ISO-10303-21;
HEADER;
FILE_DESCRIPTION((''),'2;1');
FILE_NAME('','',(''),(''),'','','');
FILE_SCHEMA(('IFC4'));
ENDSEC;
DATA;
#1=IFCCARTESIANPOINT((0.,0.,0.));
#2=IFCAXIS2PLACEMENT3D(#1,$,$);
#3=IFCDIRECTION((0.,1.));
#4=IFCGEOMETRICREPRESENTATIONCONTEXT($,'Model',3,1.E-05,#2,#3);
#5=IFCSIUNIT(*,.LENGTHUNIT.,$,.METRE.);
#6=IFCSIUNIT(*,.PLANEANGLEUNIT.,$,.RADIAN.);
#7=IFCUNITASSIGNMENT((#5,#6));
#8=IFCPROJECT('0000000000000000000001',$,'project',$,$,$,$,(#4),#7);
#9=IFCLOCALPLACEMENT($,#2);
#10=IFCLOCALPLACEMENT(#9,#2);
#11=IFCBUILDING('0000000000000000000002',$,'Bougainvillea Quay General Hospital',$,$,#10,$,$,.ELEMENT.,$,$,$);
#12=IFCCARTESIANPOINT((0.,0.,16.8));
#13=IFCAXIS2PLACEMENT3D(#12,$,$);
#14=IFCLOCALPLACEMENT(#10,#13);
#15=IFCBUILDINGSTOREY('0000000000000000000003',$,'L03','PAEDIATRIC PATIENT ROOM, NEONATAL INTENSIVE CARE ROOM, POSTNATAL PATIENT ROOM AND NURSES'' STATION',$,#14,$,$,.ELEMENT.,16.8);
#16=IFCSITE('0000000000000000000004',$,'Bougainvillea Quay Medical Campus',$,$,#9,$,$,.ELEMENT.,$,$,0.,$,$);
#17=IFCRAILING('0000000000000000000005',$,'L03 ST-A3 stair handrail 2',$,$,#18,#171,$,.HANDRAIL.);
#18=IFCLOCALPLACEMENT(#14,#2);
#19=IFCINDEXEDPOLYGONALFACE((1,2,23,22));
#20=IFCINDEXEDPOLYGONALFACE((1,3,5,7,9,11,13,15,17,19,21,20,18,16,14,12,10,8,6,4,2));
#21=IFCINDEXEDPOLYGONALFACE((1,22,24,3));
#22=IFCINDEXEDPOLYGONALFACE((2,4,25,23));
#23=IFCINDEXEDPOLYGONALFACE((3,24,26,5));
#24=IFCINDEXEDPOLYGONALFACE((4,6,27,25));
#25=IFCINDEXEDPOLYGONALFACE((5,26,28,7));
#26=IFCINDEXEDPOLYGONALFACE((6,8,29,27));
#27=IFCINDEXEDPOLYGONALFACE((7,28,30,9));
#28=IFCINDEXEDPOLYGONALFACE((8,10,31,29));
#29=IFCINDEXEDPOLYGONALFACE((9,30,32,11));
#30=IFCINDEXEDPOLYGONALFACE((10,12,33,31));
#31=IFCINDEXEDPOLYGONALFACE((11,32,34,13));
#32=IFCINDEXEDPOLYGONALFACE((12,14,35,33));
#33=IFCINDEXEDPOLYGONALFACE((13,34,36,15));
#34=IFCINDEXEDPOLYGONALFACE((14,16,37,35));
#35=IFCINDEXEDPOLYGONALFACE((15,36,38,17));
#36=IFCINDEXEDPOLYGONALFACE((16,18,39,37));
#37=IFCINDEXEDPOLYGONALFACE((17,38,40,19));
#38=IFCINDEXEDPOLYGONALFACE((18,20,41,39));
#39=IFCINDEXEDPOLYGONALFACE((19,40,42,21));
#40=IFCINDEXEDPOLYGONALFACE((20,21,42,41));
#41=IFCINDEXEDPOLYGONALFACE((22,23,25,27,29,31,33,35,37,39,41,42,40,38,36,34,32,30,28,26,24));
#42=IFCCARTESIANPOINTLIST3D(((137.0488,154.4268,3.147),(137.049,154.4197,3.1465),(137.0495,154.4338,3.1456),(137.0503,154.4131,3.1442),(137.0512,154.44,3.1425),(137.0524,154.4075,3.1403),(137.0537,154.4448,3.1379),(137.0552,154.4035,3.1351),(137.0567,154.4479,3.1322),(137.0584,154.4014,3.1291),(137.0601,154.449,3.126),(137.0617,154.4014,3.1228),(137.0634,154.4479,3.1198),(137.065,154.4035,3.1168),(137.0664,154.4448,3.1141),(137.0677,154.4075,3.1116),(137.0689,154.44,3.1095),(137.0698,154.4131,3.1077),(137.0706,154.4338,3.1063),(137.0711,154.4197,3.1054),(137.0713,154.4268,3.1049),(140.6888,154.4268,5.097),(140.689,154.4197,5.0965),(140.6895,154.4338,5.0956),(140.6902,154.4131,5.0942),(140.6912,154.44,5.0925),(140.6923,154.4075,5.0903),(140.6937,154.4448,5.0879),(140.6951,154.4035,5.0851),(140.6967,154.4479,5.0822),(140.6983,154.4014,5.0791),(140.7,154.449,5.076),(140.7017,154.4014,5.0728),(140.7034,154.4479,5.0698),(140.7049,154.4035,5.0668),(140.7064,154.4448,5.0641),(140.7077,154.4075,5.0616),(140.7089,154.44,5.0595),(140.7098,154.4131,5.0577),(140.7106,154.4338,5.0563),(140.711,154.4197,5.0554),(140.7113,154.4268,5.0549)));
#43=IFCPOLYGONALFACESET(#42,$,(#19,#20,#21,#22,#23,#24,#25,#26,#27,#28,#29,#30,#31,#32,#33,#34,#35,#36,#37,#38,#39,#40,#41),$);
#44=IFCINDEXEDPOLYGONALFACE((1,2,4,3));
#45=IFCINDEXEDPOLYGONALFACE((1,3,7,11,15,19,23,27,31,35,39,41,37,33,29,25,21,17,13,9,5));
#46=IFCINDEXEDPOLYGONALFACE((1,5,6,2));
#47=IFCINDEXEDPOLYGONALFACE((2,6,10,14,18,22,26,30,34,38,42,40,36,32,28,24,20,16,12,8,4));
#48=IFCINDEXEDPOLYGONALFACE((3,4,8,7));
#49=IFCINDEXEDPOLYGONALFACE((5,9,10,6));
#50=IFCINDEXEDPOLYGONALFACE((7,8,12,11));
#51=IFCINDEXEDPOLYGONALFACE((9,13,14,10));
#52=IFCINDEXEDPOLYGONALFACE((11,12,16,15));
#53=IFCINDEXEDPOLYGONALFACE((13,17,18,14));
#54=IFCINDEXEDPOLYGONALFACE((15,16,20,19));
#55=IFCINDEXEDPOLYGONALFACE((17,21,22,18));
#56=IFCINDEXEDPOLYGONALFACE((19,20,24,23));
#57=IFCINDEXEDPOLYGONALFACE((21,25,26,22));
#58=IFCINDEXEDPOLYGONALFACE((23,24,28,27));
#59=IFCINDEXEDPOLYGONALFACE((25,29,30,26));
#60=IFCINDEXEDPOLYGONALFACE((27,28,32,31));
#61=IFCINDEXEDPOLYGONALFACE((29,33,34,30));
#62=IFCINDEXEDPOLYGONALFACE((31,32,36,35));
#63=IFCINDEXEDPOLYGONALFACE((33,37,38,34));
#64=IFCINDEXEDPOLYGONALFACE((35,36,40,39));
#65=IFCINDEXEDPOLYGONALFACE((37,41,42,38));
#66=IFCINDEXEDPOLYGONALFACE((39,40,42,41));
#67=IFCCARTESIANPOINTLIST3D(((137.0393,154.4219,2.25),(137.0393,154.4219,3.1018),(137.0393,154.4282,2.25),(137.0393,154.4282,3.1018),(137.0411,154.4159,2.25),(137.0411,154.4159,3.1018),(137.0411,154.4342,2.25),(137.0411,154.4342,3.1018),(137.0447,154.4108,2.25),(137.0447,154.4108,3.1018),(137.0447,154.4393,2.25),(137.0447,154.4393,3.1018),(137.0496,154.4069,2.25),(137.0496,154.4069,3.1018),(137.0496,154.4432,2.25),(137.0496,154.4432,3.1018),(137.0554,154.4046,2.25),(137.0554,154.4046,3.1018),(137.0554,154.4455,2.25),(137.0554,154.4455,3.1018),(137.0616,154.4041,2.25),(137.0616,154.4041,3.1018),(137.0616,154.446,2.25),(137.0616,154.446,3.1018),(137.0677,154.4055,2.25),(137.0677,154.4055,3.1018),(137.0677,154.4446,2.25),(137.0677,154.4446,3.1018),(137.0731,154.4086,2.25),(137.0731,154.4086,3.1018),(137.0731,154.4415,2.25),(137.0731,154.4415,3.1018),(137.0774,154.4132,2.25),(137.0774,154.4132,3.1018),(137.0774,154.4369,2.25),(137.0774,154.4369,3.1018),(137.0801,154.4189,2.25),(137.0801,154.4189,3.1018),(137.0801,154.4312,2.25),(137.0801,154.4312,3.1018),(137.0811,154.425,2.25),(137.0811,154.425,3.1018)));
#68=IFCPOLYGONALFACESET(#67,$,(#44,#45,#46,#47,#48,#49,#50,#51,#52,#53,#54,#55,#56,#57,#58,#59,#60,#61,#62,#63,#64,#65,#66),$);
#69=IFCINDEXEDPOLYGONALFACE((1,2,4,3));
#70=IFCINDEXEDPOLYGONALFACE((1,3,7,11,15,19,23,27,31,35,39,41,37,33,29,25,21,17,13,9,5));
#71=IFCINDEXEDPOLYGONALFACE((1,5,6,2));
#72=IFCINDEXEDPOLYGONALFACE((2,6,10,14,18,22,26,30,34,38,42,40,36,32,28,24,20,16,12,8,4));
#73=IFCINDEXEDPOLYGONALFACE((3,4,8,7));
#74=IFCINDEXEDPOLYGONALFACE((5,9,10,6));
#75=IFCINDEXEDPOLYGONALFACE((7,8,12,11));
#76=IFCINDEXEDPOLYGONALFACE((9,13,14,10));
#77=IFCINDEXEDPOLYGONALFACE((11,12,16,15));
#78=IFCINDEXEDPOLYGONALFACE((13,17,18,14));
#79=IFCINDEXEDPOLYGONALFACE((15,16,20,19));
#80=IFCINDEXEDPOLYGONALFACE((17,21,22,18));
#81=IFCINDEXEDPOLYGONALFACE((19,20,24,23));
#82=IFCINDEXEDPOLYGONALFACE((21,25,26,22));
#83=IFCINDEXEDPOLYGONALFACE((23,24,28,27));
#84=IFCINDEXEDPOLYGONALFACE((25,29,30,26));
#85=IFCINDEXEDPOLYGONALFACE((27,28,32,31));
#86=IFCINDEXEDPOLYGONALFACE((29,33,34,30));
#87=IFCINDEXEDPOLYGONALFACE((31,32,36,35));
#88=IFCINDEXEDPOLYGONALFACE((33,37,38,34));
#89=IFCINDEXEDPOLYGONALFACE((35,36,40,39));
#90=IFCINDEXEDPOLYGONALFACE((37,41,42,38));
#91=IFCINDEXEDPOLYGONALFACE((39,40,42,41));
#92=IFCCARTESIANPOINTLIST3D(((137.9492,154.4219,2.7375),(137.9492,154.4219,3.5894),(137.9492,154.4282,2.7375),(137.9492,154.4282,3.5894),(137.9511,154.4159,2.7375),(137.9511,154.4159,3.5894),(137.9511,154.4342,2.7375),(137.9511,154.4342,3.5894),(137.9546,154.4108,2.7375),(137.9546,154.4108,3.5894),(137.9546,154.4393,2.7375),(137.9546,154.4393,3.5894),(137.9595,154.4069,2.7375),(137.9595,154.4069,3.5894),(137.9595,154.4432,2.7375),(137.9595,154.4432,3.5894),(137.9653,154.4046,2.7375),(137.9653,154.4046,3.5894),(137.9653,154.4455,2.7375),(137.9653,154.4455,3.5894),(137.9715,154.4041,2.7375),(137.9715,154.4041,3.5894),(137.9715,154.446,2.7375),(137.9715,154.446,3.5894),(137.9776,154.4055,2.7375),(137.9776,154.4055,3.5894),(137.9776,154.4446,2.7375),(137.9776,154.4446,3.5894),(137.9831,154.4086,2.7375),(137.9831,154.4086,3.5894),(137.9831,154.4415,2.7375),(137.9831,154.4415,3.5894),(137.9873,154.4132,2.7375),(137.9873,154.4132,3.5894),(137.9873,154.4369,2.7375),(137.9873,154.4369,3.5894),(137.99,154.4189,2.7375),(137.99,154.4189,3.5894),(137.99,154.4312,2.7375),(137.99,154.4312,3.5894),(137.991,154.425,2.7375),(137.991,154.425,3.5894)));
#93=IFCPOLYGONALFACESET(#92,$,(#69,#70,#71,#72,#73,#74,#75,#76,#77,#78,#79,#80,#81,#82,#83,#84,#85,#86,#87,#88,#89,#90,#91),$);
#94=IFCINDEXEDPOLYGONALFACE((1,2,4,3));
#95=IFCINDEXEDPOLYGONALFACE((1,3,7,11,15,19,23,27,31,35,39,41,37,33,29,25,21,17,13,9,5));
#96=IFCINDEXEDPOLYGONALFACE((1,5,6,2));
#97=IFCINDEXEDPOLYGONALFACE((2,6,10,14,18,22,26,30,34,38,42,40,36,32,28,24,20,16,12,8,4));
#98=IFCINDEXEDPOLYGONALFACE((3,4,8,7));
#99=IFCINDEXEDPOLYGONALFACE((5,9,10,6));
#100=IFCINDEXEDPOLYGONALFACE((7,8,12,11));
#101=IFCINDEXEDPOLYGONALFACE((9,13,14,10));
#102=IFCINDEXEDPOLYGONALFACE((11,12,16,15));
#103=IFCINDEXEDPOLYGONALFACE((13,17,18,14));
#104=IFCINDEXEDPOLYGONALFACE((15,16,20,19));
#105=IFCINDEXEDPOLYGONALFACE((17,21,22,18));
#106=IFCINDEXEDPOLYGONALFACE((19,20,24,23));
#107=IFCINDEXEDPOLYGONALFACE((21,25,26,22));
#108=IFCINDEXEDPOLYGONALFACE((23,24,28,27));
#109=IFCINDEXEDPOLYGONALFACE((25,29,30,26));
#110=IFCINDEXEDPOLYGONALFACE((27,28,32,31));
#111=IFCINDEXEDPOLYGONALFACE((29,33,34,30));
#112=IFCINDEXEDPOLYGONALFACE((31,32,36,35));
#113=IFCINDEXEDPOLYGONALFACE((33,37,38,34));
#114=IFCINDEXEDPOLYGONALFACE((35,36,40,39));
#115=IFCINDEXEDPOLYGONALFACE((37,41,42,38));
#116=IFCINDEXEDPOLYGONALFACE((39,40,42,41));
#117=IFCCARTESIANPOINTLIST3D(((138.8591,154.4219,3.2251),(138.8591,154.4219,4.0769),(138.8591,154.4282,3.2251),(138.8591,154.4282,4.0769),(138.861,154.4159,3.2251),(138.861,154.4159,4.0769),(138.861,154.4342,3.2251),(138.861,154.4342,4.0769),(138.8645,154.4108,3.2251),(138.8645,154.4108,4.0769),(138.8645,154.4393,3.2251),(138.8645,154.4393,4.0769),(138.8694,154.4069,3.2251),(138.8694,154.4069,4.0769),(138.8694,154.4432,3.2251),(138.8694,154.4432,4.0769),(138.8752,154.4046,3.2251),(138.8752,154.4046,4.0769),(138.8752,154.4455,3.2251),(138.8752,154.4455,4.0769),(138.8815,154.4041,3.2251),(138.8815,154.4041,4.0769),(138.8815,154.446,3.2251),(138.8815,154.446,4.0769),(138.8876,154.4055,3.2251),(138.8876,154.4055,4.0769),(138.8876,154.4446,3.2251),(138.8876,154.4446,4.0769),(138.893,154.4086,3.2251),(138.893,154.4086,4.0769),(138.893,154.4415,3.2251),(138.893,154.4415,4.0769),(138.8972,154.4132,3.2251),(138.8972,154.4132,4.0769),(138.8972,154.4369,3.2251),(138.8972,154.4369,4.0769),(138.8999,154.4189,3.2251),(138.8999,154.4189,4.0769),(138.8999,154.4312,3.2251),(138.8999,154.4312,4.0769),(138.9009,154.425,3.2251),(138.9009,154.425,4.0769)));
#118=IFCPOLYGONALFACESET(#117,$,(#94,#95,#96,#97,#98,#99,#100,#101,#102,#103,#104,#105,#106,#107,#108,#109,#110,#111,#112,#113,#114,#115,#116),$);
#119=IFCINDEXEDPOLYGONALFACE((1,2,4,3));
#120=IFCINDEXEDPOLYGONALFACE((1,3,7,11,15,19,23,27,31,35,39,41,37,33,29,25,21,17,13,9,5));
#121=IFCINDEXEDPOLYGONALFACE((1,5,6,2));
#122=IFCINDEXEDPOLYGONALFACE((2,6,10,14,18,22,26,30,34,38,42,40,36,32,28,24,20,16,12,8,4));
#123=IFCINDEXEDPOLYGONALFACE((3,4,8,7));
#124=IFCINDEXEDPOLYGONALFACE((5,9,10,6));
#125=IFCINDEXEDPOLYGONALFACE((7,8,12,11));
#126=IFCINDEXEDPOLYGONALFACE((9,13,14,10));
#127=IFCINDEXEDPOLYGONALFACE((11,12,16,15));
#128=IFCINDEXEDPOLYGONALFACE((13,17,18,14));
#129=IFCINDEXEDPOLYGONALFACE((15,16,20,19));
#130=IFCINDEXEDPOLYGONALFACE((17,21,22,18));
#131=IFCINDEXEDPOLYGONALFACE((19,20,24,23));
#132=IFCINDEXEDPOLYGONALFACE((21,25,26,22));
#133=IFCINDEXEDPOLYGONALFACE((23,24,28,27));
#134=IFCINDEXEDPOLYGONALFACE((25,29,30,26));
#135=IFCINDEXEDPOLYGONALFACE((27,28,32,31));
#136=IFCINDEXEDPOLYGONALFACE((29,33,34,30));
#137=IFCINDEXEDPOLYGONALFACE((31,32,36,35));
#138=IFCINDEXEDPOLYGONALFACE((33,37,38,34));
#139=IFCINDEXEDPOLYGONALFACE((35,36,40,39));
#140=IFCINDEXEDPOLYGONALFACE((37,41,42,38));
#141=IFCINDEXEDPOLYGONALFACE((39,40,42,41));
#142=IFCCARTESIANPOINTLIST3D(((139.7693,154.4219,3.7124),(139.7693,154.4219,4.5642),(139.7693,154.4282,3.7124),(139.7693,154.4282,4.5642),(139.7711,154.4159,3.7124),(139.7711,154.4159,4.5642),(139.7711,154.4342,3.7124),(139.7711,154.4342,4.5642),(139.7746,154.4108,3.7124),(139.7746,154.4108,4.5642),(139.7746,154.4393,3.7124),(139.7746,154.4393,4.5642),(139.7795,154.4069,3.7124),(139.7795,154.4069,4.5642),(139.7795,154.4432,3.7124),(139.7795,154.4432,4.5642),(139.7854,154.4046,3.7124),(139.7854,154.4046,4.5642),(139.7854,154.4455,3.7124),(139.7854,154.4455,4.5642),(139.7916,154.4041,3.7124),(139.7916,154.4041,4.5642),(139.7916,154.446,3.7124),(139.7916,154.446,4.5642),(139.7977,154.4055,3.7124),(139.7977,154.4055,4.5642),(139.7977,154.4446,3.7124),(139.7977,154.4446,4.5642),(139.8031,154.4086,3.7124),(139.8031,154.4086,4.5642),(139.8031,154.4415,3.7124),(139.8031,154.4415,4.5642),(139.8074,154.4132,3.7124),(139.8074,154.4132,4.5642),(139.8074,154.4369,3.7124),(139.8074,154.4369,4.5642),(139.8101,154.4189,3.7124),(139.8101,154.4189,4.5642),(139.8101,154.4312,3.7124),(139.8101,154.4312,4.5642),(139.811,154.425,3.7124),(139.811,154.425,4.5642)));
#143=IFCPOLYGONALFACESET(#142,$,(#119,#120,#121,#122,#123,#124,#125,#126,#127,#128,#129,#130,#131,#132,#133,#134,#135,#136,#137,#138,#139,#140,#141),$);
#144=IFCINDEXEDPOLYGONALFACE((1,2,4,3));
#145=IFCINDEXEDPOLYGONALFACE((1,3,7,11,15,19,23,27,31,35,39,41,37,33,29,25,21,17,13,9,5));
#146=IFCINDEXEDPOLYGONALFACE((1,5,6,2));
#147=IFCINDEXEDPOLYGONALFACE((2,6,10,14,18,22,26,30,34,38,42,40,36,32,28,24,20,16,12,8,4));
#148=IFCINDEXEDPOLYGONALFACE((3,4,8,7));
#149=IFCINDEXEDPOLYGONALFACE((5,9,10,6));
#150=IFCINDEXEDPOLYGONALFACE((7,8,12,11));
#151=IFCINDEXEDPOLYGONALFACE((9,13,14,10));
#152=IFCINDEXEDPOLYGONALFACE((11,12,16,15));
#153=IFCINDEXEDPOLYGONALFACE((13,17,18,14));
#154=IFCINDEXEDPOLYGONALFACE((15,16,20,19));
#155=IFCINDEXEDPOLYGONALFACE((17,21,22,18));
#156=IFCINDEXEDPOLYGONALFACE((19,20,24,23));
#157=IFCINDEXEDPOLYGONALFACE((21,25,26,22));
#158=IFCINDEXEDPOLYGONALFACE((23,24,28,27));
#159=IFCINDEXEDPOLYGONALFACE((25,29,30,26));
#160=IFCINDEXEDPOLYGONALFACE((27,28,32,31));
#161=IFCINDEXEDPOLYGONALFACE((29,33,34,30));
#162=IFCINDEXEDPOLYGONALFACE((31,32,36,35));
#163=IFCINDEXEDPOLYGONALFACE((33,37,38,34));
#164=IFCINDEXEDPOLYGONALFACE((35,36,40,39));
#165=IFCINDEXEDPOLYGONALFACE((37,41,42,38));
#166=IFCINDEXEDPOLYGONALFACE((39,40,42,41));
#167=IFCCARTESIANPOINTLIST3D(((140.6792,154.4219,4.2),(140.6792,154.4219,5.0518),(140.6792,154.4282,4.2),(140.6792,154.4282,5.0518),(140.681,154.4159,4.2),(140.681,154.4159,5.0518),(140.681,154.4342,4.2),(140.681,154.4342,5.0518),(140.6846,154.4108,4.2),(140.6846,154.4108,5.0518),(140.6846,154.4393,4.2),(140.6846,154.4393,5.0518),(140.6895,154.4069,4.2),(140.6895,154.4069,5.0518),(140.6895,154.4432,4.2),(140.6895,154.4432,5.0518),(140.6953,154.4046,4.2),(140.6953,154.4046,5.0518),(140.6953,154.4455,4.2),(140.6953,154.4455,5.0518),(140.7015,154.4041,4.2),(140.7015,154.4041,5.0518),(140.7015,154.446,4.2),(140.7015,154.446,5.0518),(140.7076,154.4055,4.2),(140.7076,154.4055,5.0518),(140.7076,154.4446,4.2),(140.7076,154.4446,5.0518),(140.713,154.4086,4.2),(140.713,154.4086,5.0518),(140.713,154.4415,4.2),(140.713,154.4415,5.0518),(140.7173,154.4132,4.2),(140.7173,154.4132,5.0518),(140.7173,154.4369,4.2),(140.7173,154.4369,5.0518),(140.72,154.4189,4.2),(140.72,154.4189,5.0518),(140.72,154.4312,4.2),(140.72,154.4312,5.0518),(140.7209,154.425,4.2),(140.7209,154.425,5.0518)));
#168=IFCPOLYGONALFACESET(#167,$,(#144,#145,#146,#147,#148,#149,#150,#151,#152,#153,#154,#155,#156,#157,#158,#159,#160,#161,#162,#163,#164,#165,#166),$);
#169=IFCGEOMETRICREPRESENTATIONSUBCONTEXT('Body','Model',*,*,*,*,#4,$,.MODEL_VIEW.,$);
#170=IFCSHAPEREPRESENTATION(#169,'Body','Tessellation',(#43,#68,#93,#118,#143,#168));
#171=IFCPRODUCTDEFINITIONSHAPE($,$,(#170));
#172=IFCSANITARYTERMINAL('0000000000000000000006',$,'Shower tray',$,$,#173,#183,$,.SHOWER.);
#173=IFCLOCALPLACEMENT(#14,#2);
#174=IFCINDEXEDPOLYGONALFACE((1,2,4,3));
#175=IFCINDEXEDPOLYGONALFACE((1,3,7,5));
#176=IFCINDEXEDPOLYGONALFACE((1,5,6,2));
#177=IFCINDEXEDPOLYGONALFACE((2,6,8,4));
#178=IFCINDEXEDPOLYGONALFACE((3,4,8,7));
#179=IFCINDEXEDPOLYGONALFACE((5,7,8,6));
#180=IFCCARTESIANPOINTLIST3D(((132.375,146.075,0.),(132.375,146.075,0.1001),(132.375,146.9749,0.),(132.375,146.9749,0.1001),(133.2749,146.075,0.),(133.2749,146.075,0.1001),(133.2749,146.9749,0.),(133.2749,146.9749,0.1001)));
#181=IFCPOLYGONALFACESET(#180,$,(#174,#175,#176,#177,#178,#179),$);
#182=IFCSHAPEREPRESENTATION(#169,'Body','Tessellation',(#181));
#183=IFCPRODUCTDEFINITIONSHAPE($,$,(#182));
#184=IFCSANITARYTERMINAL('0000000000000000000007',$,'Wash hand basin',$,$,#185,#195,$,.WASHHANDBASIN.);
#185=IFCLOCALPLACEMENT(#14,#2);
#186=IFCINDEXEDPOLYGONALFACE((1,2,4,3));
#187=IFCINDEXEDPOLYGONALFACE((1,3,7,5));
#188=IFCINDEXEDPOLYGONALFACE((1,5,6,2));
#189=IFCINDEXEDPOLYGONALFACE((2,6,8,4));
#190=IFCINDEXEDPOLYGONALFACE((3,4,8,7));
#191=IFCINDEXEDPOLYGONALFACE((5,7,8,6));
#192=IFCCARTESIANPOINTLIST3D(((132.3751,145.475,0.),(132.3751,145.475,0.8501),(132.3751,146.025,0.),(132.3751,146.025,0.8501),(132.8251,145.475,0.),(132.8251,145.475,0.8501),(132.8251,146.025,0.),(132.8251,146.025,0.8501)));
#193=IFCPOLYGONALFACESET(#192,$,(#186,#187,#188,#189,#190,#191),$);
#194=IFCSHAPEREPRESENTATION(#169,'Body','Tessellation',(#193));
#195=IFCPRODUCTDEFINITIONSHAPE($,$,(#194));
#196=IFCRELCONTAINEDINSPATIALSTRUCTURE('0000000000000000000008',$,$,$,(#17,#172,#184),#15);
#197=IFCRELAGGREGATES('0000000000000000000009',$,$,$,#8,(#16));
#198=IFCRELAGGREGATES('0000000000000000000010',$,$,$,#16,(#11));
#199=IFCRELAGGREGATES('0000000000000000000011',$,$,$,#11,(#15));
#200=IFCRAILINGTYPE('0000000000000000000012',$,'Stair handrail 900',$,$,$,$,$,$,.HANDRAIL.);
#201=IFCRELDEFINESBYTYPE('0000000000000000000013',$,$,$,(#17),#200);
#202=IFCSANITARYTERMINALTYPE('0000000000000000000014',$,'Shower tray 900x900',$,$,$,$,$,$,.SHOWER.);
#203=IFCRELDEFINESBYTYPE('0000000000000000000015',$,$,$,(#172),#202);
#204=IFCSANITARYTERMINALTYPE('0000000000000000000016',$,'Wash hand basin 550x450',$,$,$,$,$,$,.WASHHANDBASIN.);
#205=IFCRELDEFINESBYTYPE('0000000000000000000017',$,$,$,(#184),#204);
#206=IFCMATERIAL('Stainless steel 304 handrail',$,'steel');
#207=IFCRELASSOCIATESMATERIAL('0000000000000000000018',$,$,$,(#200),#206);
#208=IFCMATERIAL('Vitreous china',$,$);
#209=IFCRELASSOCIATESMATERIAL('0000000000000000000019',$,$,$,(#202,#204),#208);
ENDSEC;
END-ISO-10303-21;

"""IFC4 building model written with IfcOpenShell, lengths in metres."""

from ifc_helpers import new_model, si_unit, direction, frame, origin, origin_2d, place, context, subcontext, project, spatial, rectangle, circle, extrude, material, type_object, element, save


model = new_model("IFC4")

# Units and contexts
model_context = context("Model", 3, precision=1e-05, world=origin(), true_north=direction((0.0, 1.0)))
body_context = subcontext(model_context, "Body", "Model", "MODEL_VIEW")
ifc_project = project(units=[si_unit("LENGTHUNIT", "METRE"), si_unit("PLANEANGLEUNIT", "RADIAN")], contexts=[model_context])

# Site, building, storey
site_placement = place(None, origin())
site = spatial("IfcSite", under=ifc_project, at=site_placement, Name="Bougainvillea Quay Medical Campus", CompositionType="ELEMENT", RefElevation=0.0)
building_placement = place(site_placement, origin())
building = spatial("IfcBuilding", under=site, at=building_placement, Name="Bougainvillea Quay General Hospital", CompositionType="ELEMENT")
storey_placement = place(building_placement, frame((0.0, 0.0, 16.8)))
storey = spatial("IfcBuildingStorey", under=building, at=storey_placement, Name="L03", Description="PAEDIATRIC PATIENT ROOM, NEONATAL INTENSIVE CARE ROOM, POSTNATAL PATIENT ROOM AND NURSES' STATION", CompositionType="ELEMENT", Elevation=16.8)

# Railing
ifc_material_1 = material(Name="Stainless steel 304 handrail", Category="steel")
railing_type_1 = type_object("IfcRailingType", Name="Stair handrail 900", PredefinedType="HANDRAIL", material=ifc_material_1)
railing_1_placement = place(storey_placement, frame((137.0601, 154.425, 2.25)))
element("IfcRailing", 1, at=railing_1_placement, inside=storey, type_object=railing_type_1, Name="L03 ST-A3 stair handrail 2", PredefinedType="HANDRAIL", context=body_context, shape_type="SweptSolid", body=[
    extrude(circle(Radius=0.0239, at=origin_2d()), frame((0.0, 0.0, 0.876), z_axis=(0.881479, 0.0, 0.472223), x_axis=(0.0, 1.0, 0.0)), (0.0, 0.0, 1.0), 4.1294),
    extrude(circle(Radius=0.021, at=origin_2d()), origin(), (0.0, 0.0, 1.0), 0.8518),
    extrude(circle(Radius=0.021, at=origin_2d()), frame((0.9099, 0.0, 0.4875)), (0.0, 0.0, 1.0), 0.8518),
    extrude(circle(Radius=0.021, at=origin_2d()), frame((1.8198, 0.0, 0.9751)), (0.0, 0.0, 1.0), 0.8518),
    extrude(circle(Radius=0.021, at=origin_2d()), frame((2.73, 0.0, 1.4624)), (0.0, 0.0, 1.0), 0.8518),
    extrude(circle(Radius=0.021, at=origin_2d()), frame((3.6399, 0.0, 1.95)), (0.0, 0.0, 1.0), 0.8518),
])

# Sanitary terminals
ifc_material_2 = material(Name="Vitreous china")
sanitary_terminal_type_1 = type_object("IfcSanitaryTerminalType", Name="Shower tray 900x900", PredefinedType="SHOWER", material=ifc_material_2)
sanitary_terminal_1_placement = place(storey_placement, frame((132.825, 146.5249, 0.0), z_axis=(0.0, 0.0, 1.0), x_axis=(0.0, 1.0, 0.0)))
element("IfcSanitaryTerminal", 2, at=sanitary_terminal_1_placement, inside=storey, type_object=sanitary_terminal_type_1, Name="Shower tray", PredefinedType="SHOWER", context=body_context, shape_type="SweptSolid", body=[
    extrude(rectangle(XDim=0.8999, YDim=0.8999, at=origin_2d()), origin(), (0.0, 0.0, 1.0), 0.1001),
])
sanitary_terminal_type_2 = type_object("IfcSanitaryTerminalType", Name="Wash hand basin 550x450", PredefinedType="WASHHANDBASIN", material=ifc_material_2)
sanitary_terminal_2_placement = place(storey_placement, frame((132.6001, 145.75, 0.0), z_axis=(0.0, 0.0, 1.0), x_axis=(0.0, 1.0, 0.0)))
element("IfcSanitaryTerminal", 3, at=sanitary_terminal_2_placement, inside=storey, type_object=sanitary_terminal_type_2, Name="Wash hand basin", PredefinedType="WASHHANDBASIN", context=body_context, shape_type="SweptSolid", body=[
    extrude(rectangle(XDim=0.55, YDim=0.45, at=origin_2d()), origin(), (0.0, 0.0, 1.0), 0.8501),
])

save(model, "model.ifc")
